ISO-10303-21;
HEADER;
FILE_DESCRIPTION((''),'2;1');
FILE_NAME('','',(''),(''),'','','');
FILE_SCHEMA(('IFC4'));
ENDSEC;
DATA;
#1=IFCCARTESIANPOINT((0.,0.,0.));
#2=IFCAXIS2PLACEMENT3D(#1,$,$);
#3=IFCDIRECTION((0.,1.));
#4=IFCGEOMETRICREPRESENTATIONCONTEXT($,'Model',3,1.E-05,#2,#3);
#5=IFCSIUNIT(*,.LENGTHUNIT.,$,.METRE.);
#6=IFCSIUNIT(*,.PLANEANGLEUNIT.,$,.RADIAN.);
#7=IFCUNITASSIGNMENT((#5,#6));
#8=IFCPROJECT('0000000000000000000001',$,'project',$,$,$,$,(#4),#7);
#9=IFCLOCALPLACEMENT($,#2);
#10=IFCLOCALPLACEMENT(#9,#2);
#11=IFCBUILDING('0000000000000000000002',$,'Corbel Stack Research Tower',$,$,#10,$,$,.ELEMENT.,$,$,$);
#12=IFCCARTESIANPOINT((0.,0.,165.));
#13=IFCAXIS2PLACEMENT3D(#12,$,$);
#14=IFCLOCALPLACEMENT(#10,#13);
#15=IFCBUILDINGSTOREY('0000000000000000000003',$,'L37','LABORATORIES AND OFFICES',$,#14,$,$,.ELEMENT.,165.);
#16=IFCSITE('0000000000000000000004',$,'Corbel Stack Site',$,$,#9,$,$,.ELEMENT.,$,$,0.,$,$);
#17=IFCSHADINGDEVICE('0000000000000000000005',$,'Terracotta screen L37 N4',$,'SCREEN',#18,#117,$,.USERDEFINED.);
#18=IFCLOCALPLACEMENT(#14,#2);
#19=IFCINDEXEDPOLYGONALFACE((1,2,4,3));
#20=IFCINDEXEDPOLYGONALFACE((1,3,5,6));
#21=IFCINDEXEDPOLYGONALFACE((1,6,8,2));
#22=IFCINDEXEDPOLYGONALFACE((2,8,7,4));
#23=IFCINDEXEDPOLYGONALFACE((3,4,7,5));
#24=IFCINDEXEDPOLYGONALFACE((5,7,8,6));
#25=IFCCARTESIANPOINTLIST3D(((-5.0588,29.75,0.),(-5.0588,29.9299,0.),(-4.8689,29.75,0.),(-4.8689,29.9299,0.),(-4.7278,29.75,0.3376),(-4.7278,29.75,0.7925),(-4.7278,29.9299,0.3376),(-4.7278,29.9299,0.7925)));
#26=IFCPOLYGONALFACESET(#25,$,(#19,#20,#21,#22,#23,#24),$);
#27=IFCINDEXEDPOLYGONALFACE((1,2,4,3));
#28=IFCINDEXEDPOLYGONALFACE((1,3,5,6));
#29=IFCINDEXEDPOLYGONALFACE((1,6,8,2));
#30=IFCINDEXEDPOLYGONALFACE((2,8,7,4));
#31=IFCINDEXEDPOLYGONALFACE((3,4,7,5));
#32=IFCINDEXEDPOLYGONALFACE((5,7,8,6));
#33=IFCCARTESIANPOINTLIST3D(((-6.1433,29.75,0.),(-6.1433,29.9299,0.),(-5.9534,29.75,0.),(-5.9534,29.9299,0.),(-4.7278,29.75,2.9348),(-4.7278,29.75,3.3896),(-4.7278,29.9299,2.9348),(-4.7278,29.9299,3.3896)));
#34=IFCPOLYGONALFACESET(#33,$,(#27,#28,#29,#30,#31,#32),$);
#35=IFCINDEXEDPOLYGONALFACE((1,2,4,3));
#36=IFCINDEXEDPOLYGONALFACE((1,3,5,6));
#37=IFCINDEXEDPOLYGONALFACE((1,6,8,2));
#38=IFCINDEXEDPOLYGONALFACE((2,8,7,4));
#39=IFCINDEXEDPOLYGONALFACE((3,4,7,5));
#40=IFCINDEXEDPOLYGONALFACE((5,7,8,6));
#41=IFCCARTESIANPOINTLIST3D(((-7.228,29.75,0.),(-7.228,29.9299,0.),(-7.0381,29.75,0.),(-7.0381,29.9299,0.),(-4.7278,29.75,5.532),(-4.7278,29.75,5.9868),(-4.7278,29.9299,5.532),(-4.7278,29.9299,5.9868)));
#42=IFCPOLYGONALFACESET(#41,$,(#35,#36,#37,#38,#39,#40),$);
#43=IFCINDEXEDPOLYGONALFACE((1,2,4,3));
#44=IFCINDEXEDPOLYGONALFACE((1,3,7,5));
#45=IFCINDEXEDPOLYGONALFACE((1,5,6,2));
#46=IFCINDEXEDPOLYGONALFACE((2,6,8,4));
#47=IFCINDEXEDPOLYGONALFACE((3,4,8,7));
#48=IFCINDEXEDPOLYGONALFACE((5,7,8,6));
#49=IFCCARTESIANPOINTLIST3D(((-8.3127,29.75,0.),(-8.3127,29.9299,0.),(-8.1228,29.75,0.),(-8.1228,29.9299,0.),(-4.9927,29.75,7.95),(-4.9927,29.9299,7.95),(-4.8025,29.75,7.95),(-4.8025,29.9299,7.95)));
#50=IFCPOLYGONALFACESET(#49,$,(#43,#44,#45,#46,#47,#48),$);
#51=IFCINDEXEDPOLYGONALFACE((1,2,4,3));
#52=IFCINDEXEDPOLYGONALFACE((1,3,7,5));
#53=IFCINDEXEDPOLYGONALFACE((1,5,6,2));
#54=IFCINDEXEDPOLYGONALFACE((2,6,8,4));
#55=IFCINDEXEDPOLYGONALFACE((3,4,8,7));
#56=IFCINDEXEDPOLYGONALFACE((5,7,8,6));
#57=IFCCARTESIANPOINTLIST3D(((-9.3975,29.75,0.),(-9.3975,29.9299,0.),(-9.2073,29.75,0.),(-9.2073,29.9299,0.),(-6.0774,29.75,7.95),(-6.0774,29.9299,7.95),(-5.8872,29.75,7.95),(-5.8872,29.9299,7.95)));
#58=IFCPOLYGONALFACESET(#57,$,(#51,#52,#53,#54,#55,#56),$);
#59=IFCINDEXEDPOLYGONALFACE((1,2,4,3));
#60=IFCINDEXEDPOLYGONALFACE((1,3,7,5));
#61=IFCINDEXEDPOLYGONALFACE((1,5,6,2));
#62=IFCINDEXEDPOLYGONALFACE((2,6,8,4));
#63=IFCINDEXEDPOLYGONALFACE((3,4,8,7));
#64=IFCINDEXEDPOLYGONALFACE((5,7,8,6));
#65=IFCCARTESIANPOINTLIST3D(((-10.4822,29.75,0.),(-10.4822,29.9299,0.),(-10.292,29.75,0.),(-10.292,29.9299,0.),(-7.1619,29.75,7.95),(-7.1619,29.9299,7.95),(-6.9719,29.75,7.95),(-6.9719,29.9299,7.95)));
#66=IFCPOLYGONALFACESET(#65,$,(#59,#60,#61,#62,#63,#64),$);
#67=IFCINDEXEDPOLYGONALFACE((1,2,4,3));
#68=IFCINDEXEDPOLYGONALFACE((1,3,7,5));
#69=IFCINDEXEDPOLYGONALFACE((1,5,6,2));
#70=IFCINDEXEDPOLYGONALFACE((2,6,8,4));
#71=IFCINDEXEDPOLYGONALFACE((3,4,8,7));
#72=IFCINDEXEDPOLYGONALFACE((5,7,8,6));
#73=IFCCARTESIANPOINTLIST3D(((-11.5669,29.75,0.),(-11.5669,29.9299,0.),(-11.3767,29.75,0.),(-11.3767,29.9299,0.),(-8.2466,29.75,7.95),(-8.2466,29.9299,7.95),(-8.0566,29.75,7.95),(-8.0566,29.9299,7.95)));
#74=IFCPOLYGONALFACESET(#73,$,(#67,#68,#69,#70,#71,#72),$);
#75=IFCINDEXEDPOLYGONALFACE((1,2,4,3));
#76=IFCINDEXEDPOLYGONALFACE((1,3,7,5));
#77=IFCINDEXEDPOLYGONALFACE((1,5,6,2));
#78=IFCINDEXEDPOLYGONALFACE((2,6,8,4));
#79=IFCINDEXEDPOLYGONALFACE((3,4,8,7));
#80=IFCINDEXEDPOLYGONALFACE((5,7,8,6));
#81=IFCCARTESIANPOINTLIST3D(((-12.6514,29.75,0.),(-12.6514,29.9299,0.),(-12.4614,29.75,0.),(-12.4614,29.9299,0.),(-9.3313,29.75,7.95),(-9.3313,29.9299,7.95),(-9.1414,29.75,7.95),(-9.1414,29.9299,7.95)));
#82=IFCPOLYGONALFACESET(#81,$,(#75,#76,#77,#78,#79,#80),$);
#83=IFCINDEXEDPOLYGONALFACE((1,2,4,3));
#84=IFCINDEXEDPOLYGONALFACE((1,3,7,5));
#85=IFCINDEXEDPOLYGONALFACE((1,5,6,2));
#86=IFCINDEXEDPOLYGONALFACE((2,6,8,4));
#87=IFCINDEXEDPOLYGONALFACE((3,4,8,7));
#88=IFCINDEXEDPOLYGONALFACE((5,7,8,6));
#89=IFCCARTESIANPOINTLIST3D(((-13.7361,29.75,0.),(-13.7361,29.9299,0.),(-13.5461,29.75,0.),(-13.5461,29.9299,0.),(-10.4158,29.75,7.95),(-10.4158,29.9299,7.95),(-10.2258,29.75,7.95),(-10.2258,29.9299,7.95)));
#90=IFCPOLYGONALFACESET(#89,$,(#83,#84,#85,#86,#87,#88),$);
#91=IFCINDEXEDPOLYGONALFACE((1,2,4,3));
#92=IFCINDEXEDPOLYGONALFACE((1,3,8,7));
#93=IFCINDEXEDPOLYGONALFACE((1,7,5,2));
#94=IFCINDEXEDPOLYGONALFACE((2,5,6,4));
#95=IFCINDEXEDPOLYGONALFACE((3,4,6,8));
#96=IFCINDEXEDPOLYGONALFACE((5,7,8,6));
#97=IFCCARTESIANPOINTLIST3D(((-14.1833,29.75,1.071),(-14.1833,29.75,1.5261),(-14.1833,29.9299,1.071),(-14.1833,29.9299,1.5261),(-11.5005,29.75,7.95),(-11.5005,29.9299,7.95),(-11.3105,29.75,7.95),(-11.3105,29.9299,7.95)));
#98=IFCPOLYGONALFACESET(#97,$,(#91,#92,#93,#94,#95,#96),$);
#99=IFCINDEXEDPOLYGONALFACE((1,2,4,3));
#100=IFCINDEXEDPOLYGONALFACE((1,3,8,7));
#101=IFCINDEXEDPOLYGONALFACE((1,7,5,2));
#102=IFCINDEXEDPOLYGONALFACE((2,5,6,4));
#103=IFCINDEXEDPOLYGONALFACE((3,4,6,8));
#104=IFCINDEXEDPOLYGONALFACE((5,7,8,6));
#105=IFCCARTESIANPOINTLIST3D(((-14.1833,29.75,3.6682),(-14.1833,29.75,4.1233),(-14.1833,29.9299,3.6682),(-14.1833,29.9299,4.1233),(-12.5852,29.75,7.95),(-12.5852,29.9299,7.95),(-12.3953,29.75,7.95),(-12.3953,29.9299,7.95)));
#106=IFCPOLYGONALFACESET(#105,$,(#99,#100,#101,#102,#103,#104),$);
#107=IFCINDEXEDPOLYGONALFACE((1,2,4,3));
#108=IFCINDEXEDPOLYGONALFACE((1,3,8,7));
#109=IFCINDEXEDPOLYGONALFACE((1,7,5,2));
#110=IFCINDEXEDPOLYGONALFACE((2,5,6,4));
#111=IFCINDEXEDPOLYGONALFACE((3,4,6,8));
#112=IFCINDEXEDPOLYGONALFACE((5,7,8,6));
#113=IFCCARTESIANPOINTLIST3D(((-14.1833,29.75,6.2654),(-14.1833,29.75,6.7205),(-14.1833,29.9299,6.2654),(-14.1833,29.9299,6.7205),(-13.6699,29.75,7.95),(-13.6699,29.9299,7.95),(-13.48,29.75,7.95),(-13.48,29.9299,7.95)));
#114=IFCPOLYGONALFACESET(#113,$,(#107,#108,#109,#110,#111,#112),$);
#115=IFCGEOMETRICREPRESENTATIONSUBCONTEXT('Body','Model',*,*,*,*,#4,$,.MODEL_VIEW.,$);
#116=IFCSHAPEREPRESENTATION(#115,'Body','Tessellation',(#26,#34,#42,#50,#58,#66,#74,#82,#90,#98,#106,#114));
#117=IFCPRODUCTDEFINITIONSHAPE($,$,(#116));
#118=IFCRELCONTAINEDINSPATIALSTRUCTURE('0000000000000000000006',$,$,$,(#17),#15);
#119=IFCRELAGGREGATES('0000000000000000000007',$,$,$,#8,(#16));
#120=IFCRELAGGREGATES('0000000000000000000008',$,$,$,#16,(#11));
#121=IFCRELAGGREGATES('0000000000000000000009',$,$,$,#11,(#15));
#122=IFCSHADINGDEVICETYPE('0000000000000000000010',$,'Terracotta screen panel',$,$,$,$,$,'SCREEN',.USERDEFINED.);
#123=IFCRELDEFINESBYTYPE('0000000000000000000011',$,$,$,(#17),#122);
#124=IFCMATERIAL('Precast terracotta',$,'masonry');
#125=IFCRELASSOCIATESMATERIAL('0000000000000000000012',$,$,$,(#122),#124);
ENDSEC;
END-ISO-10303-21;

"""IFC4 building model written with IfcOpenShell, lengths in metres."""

from ifc_helpers import new_model, si_unit, direction, frame, origin, place, context, subcontext, project, spatial, polyline, outline, extrude, source, transform, mapped, material, type_object, element, save


model = new_model("IFC4")

# Units and contexts
model_context = context("Model", 3, precision=1e-05, world=origin(), true_north=direction((0.0, 1.0)))
body_context = subcontext(model_context, "Body", "Model", "MODEL_VIEW")
ifc_project = project(units=[si_unit("LENGTHUNIT", "METRE"), si_unit("PLANEANGLEUNIT", "RADIAN")], contexts=[model_context])

# Site, building, storey
site_placement = place(None, origin())
site = spatial("IfcSite", under=ifc_project, at=site_placement, Name="Corbel Stack Site", CompositionType="ELEMENT", RefElevation=0.0)
building_placement = place(site_placement, origin())
building = spatial("IfcBuilding", under=site, at=building_placement, Name="Corbel Stack Research Tower", CompositionType="ELEMENT")
storey_placement = place(building_placement, frame((0.0, 0.0, 165.0)))
storey = spatial("IfcBuildingStorey", under=building, at=storey_placement, Name="L37", Description="LABORATORIES AND OFFICES", CompositionType="ELEMENT", Elevation=165.0)

# Shading device
ifc_material_1 = material(Name="Precast terracotta", Category="masonry")
shading_device_type = type_object("IfcShadingDeviceType", Name="Terracotta screen panel", ElementType="SCREEN", PredefinedType="USERDEFINED", material=ifc_material_1)
shared_shape = source(origin(), body_context, "Body", "SweptSolid", [
    extrude(outline(polyline([(0.3311, 0.0), (0.0, 0.7925), (0.0, 0.3376), (0.1411, 0.0), (0.3311, 0.0)])), frame((0.0, 0.0, 0.0), z_axis=(0.0, -1.0, 0.0), x_axis=(1.0, 0.0, 0.0)), (0.0, 0.0, 1.0), 0.1799),
    extrude(outline(polyline([(1.4155, 0.0), (0.0, 3.3896), (0.0, 2.9348), (1.2256, 0.0), (1.4155, 0.0)])), frame((0.0, 0.0, 0.0), z_axis=(0.0, -1.0, 0.0), x_axis=(1.0, 0.0, 0.0)), (0.0, 0.0, 1.0), 0.1799),
    extrude(outline(polyline([(2.5002, 0.0), (0.0, 5.9868), (0.0, 5.532), (2.3103, 0.0), (2.5002, 0.0)])), frame((0.0, 0.0, 0.0), z_axis=(0.0, -1.0, 0.0), x_axis=(1.0, 0.0, 0.0)), (0.0, 0.0, 1.0), 0.1799),
    extrude(outline(polyline([(3.585, 0.0), (0.2649, 7.95), (0.0747, 7.95), (3.395, 0.0), (3.585, 0.0)])), frame((0.0, 0.0, 0.0), z_axis=(0.0, -1.0, 0.0), x_axis=(1.0, 0.0, 0.0)), (0.0, 0.0, 1.0), 0.1799),
    extrude(outline(polyline([(4.6697, 0.0), (1.3496, 7.95), (1.1594, 7.95), (4.4795, 0.0), (4.6697, 0.0)])), frame((0.0, 0.0, 0.0), z_axis=(0.0, -1.0, 0.0), x_axis=(1.0, 0.0, 0.0)), (0.0, 0.0, 1.0), 0.1799),
    extrude(outline(polyline([(5.7544, 0.0), (2.4341, 7.95), (2.2441, 7.95), (5.5642, 0.0), (5.7544, 0.0)])), frame((0.0, 0.0, 0.0), z_axis=(0.0, -1.0, 0.0), x_axis=(1.0, 0.0, 0.0)), (0.0, 0.0, 1.0), 0.1799),
    extrude(outline(polyline([(6.8391, 0.0), (3.5188, 7.95), (3.3289, 7.95), (6.6489, 0.0), (6.8391, 0.0)])), frame((0.0, 0.0, 0.0), z_axis=(0.0, -1.0, 0.0), x_axis=(1.0, 0.0, 0.0)), (0.0, 0.0, 1.0), 0.1799),
    extrude(outline(polyline([(7.9236, 0.0), (4.6035, 7.95), (4.4136, 7.95), (7.7336, 0.0), (7.9236, 0.0)])), frame((0.0, 0.0, 0.0), z_axis=(0.0, -1.0, 0.0), x_axis=(1.0, 0.0, 0.0)), (0.0, 0.0, 1.0), 0.1799),
    extrude(outline(polyline([(9.0083, 0.0), (5.688, 7.95), (5.498, 7.95), (8.8184, 0.0), (9.0083, 0.0)])), frame((0.0, 0.0, 0.0), z_axis=(0.0, -1.0, 0.0), x_axis=(1.0, 0.0, 0.0)), (0.0, 0.0, 1.0), 0.1799),
    extrude(outline(polyline([(6.7727, 7.95), (6.5828, 7.95), (9.4556, 1.071), (9.4556, 1.5261), (6.7727, 7.95)])), frame((0.0, 0.0, 0.0), z_axis=(0.0, -1.0, 0.0), x_axis=(1.0, 0.0, 0.0)), (0.0, 0.0, 1.0), 0.1799),
    extrude(outline(polyline([(7.8574, 7.95), (7.6675, 7.95), (9.4556, 3.6682), (9.4556, 4.1233), (7.8574, 7.95)])), frame((0.0, 0.0, 0.0), z_axis=(0.0, -1.0, 0.0), x_axis=(1.0, 0.0, 0.0)), (0.0, 0.0, 1.0), 0.1799),
    extrude(outline(polyline([(8.9421, 7.95), (8.7522, 7.95), (9.4556, 6.2654), (9.4556, 6.7205), (8.9421, 7.95)])), frame((0.0, 0.0, 0.0), z_axis=(0.0, -1.0, 0.0), x_axis=(1.0, 0.0, 0.0)), (0.0, 0.0, 1.0), 0.1799),
])
shading_device_placement = place(storey_placement, frame((-4.7278, 29.75, 0.0), z_axis=(0.0, 0.0, 1.0), x_axis=(-1.0, 0.0, 0.0)))
element("IfcShadingDevice", 1, at=shading_device_placement, inside=storey, type_object=shading_device_type, Name="Terracotta screen L37 N4", ObjectType="SCREEN", PredefinedType="USERDEFINED", context=body_context, shape_type="MappedRepresentation", body=[
    mapped(shared_shape, transform((0.0, 0.0, 0.0))),
])

save(model, "model.ifc")
